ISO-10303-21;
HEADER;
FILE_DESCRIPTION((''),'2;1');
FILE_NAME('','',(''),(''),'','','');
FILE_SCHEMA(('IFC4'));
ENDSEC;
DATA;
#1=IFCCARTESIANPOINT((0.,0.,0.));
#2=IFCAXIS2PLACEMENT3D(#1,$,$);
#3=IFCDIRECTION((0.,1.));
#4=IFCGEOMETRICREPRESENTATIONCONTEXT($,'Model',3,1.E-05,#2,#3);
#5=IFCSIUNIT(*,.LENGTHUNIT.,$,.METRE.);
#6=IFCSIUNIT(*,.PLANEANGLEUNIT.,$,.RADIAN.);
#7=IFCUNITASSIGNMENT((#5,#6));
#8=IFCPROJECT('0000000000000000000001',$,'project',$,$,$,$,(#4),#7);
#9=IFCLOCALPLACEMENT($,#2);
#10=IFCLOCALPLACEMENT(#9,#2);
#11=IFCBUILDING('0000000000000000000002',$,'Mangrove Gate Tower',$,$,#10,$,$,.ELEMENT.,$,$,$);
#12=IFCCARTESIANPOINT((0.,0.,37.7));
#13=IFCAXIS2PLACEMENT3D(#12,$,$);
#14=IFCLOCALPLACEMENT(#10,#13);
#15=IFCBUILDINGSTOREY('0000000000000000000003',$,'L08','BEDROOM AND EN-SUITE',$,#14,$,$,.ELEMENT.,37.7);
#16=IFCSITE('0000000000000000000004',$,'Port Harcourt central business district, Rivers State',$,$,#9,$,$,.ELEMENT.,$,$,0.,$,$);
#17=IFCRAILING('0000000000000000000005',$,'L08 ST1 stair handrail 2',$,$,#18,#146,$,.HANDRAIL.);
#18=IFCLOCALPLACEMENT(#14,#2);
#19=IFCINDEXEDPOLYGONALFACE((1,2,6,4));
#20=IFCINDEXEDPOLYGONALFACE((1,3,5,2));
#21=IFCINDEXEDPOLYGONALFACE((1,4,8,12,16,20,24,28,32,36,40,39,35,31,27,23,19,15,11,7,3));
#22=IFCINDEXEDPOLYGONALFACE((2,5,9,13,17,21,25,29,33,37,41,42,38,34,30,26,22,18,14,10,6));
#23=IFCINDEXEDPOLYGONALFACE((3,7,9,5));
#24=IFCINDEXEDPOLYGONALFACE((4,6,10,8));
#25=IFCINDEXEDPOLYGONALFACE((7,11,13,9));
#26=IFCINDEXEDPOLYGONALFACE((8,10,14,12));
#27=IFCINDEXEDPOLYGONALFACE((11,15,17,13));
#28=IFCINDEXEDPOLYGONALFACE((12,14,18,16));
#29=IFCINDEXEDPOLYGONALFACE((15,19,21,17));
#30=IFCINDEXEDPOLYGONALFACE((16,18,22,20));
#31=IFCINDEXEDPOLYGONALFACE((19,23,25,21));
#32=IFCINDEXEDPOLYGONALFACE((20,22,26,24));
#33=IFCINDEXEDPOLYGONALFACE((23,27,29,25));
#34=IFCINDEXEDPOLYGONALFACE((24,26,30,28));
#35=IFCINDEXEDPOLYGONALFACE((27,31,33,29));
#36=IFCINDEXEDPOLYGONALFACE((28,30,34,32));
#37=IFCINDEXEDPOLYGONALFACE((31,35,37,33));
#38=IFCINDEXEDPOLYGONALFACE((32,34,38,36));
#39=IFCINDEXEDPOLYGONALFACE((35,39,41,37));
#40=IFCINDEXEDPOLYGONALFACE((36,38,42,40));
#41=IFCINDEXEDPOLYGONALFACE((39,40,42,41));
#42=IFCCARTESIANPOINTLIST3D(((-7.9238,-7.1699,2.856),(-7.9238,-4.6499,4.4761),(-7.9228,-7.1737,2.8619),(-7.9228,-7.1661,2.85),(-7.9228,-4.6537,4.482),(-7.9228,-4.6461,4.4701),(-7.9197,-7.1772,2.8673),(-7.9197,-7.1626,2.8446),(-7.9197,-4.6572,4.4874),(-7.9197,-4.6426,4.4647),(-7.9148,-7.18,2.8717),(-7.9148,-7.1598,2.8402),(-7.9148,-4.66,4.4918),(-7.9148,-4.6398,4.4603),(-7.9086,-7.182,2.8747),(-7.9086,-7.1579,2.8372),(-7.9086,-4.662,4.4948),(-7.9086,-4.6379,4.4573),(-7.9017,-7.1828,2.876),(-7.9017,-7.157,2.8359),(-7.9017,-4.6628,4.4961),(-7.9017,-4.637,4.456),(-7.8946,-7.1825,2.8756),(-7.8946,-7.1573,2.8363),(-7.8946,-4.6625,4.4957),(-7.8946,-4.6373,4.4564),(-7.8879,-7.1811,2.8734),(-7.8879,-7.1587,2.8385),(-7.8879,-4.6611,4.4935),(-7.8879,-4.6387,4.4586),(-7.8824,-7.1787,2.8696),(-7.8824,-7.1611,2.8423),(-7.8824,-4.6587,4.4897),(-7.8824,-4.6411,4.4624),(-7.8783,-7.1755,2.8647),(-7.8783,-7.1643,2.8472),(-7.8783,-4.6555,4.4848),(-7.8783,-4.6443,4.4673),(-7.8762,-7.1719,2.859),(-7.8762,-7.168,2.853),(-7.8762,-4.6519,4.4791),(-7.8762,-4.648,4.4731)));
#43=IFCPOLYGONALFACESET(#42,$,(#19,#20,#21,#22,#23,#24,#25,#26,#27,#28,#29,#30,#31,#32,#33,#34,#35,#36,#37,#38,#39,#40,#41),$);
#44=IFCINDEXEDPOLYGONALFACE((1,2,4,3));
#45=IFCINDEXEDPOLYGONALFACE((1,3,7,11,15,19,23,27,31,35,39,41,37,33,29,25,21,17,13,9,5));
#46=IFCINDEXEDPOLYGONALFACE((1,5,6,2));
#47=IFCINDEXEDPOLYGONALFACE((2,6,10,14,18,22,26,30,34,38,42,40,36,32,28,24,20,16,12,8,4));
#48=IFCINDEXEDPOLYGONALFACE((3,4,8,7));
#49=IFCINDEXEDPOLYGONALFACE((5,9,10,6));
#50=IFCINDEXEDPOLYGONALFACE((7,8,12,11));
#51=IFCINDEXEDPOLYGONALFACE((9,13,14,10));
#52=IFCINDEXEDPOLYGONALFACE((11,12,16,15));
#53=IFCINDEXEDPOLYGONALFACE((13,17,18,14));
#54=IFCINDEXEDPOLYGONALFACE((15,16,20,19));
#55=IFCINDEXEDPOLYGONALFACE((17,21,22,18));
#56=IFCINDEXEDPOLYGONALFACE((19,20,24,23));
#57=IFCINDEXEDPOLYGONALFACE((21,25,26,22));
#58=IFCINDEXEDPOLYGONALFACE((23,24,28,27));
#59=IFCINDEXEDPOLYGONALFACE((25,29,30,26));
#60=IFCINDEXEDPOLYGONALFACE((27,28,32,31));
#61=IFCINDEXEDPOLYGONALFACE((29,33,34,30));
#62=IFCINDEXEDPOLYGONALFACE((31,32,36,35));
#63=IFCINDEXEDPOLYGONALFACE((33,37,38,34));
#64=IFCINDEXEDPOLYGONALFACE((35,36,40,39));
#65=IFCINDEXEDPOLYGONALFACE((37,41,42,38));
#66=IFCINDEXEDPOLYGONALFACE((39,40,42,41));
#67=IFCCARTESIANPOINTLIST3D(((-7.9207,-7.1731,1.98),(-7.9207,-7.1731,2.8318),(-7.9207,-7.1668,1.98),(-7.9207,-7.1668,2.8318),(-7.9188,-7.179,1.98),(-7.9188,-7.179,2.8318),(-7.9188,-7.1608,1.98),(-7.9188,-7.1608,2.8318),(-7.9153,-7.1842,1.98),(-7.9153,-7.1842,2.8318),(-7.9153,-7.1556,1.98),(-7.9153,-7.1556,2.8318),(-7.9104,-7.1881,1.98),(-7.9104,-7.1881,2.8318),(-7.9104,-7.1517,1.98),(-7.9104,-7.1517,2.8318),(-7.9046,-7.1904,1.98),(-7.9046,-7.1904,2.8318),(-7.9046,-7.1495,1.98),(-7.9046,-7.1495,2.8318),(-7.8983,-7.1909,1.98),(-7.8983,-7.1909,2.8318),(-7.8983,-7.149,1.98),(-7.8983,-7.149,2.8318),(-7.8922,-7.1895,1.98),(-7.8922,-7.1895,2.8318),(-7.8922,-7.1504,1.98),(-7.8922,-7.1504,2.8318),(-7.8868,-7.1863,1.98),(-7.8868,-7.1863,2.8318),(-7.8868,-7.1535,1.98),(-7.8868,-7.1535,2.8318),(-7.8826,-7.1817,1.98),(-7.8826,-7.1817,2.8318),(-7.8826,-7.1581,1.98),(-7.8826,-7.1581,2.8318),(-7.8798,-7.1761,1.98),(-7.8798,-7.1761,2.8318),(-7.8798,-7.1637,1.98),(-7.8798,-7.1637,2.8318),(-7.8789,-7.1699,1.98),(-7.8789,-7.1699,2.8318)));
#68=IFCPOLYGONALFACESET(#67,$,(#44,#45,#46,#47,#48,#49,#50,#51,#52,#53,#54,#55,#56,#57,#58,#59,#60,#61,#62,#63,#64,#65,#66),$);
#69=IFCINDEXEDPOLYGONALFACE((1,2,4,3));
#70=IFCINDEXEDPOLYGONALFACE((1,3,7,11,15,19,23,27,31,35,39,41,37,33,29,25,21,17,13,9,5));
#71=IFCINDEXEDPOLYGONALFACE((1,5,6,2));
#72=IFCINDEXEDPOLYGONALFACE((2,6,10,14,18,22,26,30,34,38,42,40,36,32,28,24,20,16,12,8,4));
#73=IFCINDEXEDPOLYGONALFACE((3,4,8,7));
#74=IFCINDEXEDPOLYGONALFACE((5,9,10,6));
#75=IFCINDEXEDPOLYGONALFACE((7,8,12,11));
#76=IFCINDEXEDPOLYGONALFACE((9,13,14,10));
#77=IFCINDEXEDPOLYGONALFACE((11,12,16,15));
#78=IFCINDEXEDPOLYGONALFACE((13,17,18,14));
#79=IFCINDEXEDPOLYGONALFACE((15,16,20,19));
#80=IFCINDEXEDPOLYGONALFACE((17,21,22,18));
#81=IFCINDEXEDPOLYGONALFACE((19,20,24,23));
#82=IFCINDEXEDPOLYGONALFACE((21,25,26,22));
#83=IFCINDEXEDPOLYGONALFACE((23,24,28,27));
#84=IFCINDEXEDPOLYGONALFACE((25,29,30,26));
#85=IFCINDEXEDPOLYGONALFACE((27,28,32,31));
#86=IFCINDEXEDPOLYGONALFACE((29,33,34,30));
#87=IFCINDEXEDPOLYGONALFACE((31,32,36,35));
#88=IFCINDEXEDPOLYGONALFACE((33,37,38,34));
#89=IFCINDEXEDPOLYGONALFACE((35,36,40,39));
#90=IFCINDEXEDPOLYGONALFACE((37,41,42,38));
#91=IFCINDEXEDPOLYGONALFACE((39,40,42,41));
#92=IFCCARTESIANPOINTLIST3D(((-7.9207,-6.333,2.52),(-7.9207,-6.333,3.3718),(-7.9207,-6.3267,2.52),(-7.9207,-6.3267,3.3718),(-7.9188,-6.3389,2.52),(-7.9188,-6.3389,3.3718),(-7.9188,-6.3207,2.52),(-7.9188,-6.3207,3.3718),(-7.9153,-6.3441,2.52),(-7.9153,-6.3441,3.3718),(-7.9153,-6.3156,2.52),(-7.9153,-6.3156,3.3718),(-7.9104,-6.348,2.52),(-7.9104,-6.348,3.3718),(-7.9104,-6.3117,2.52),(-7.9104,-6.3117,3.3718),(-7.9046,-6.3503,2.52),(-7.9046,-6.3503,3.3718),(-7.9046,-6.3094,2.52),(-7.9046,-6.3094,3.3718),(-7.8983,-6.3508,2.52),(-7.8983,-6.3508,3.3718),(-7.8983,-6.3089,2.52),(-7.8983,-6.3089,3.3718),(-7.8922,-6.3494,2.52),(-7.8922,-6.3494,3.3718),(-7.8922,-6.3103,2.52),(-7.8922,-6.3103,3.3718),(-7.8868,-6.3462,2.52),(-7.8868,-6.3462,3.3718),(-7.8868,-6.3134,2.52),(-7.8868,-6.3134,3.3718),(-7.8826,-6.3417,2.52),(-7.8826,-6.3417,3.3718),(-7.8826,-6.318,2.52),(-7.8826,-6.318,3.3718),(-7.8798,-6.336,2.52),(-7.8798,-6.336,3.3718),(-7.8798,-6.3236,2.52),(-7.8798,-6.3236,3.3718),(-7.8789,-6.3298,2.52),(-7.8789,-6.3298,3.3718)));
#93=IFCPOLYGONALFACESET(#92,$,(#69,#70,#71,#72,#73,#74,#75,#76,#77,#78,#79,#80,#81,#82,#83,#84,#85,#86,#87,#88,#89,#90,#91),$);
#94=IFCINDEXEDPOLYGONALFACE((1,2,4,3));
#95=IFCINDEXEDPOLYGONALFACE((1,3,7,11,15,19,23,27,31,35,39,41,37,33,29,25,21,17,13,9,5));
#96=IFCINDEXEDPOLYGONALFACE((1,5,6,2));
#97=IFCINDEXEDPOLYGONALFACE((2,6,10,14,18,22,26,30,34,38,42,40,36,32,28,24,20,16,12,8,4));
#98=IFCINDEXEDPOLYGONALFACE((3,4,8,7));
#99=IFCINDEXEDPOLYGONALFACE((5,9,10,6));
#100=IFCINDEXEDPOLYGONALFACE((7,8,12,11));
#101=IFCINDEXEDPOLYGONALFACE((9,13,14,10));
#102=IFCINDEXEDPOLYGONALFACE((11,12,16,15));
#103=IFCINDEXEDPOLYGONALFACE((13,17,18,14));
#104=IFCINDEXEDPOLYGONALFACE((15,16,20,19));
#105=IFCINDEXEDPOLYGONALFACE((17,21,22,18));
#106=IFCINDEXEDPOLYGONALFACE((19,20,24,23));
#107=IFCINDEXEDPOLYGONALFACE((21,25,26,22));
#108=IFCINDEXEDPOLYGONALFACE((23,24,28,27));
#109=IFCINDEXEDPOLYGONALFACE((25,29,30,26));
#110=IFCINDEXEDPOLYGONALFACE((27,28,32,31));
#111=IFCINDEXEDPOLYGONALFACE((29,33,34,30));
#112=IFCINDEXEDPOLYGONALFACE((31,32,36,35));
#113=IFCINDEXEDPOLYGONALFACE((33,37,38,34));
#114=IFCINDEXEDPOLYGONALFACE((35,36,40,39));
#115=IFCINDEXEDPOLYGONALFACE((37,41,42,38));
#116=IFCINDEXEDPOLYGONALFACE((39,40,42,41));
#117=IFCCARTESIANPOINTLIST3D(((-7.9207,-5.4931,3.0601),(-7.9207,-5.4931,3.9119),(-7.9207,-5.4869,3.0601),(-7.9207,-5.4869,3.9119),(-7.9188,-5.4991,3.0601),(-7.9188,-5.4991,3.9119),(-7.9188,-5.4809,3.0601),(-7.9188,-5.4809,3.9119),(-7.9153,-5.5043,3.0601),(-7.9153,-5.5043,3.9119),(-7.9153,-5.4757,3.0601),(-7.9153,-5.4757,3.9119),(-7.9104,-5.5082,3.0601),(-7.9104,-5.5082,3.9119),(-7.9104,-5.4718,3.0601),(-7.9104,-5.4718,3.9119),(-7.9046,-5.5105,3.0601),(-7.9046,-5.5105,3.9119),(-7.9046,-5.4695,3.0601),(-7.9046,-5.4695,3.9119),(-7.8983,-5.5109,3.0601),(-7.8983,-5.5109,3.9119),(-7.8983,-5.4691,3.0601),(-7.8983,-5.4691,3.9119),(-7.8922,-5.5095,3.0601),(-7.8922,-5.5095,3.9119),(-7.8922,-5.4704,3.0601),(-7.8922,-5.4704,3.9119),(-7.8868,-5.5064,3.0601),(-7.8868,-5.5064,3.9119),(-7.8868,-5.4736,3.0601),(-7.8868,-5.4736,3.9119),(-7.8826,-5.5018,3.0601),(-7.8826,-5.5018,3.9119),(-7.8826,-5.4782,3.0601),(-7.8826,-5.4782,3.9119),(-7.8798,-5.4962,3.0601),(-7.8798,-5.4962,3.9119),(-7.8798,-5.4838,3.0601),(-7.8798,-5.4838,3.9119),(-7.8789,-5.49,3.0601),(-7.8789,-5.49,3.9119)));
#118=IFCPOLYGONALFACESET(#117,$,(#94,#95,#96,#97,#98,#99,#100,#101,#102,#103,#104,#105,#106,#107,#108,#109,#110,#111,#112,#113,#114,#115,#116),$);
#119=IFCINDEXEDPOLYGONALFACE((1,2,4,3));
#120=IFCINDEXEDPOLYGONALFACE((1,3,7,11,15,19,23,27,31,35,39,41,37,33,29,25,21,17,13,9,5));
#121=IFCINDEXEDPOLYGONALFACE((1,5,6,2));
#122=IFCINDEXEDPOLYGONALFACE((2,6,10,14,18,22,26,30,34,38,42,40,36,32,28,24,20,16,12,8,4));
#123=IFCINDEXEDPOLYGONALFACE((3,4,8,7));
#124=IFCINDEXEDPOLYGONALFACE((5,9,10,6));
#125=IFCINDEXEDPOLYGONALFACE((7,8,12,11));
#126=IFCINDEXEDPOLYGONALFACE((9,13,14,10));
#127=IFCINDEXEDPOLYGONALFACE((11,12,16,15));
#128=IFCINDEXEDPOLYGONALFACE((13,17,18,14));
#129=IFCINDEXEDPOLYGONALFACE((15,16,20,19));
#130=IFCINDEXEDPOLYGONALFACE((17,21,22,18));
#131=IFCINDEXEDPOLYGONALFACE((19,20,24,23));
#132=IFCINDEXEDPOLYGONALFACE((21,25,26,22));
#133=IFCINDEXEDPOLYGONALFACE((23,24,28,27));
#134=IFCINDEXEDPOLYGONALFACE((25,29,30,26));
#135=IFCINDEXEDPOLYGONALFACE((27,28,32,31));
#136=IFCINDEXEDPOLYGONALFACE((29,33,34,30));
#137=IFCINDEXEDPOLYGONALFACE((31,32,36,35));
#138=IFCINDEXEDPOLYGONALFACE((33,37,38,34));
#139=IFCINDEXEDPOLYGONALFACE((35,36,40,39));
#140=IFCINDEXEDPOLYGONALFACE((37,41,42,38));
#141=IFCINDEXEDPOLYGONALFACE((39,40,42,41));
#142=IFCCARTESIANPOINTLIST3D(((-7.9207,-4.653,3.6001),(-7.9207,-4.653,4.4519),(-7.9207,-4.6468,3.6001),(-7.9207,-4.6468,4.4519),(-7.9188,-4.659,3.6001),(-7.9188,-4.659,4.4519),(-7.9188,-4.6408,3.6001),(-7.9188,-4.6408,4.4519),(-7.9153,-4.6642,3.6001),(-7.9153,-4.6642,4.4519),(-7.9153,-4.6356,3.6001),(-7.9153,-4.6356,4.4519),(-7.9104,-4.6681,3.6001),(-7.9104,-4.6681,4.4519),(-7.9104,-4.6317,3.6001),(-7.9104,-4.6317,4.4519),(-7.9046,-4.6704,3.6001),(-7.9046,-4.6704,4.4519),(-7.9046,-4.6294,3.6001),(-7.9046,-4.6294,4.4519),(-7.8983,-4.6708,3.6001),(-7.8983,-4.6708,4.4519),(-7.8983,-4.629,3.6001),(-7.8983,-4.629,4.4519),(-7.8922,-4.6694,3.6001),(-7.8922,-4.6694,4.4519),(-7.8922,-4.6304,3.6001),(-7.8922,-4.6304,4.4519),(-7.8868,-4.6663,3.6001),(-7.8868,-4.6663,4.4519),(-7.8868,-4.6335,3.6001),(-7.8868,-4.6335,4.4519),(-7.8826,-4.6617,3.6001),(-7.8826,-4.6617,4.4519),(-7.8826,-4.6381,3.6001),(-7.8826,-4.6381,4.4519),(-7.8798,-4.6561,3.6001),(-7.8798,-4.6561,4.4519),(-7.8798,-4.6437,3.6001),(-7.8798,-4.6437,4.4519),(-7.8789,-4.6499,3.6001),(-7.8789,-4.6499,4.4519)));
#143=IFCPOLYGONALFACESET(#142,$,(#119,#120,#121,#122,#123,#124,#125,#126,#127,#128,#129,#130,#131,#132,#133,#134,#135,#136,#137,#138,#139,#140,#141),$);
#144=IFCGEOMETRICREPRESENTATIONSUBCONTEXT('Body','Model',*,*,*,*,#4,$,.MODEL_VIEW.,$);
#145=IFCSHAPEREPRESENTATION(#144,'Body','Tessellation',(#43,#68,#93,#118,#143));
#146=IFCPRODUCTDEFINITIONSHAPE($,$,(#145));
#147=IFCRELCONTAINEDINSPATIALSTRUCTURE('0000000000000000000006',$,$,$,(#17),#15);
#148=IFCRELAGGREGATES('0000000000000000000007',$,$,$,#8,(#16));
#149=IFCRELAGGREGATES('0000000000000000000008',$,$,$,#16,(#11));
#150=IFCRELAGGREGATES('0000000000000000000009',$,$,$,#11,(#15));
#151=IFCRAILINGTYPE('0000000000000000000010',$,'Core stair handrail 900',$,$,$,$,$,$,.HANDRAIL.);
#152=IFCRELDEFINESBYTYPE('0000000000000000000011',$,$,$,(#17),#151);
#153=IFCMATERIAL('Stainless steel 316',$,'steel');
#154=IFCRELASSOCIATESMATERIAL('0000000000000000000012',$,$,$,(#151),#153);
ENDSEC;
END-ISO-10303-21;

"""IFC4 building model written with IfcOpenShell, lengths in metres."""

from ifc_helpers import new_model, si_unit, direction, frame, origin, origin_2d, place, context, subcontext, project, spatial, circle, extrude, material, type_object, element, save


model = new_model("IFC4")

# Units and contexts
model_context = context("Model", 3, precision=1e-05, world=origin(), true_north=direction((0.0, 1.0)))
body_context = subcontext(model_context, "Body", "Model", "MODEL_VIEW")
ifc_project = project(units=[si_unit("LENGTHUNIT", "METRE"), si_unit("PLANEANGLEUNIT", "RADIAN")], contexts=[model_context])

# Site, building, storey
site_placement = place(None, origin())
site = spatial("IfcSite", under=ifc_project, at=site_placement, Name="Port Harcourt central business district, Rivers State", CompositionType="ELEMENT", RefElevation=0.0)
building_placement = place(site_placement, origin())
building = spatial("IfcBuilding", under=site, at=building_placement, Name="Mangrove Gate Tower", CompositionType="ELEMENT")
storey_placement = place(building_placement, frame((0.0, 0.0, 37.7)))
storey = spatial("IfcBuildingStorey", under=building, at=storey_placement, Name="L08", Description="BEDROOM AND EN-SUITE", CompositionType="ELEMENT", Elevation=37.7)

# Railing
ifc_material_1 = material(Name="Stainless steel 316", Category="steel")
railing_type_1 = type_object("IfcRailingType", Name="Core stair handrail 900", PredefinedType="HANDRAIL", material=ifc_material_1)
railing_1_placement = place(storey_placement, frame((-7.8999, -7.1699, 1.98)))
element("IfcRailing", 1, at=railing_1_placement, inside=storey, type_object=railing_type_1, Name="L08 ST1 stair handrail 2", PredefinedType="HANDRAIL", context=body_context, shape_type="SweptSolid", body=[
    extrude(circle(Radius=0.0239, at=origin_2d()), frame((0.0, 0.0, 0.876), z_axis=(0.0, 0.841163, 0.540782), x_axis=(-1.0, 0.0, 0.0)), (0.0, 0.0, 1.0), 2.9958),
    extrude(circle(Radius=0.021, at=origin_2d()), origin(), (0.0, 0.0, 1.0), 0.8518),
    extrude(circle(Radius=0.021, at=origin_2d()), frame((0.0, 0.8401, 0.54)), (0.0, 0.0, 1.0), 0.8518),
    extrude(circle(Radius=0.021, at=origin_2d()), frame((0.0, 1.6799, 1.0801)), (0.0, 0.0, 1.0), 0.8518),
    extrude(circle(Radius=0.021, at=origin_2d()), frame((0.0, 2.52, 1.6201)), (0.0, 0.0, 1.0), 0.8518),
])

save(model, "model.ifc")
